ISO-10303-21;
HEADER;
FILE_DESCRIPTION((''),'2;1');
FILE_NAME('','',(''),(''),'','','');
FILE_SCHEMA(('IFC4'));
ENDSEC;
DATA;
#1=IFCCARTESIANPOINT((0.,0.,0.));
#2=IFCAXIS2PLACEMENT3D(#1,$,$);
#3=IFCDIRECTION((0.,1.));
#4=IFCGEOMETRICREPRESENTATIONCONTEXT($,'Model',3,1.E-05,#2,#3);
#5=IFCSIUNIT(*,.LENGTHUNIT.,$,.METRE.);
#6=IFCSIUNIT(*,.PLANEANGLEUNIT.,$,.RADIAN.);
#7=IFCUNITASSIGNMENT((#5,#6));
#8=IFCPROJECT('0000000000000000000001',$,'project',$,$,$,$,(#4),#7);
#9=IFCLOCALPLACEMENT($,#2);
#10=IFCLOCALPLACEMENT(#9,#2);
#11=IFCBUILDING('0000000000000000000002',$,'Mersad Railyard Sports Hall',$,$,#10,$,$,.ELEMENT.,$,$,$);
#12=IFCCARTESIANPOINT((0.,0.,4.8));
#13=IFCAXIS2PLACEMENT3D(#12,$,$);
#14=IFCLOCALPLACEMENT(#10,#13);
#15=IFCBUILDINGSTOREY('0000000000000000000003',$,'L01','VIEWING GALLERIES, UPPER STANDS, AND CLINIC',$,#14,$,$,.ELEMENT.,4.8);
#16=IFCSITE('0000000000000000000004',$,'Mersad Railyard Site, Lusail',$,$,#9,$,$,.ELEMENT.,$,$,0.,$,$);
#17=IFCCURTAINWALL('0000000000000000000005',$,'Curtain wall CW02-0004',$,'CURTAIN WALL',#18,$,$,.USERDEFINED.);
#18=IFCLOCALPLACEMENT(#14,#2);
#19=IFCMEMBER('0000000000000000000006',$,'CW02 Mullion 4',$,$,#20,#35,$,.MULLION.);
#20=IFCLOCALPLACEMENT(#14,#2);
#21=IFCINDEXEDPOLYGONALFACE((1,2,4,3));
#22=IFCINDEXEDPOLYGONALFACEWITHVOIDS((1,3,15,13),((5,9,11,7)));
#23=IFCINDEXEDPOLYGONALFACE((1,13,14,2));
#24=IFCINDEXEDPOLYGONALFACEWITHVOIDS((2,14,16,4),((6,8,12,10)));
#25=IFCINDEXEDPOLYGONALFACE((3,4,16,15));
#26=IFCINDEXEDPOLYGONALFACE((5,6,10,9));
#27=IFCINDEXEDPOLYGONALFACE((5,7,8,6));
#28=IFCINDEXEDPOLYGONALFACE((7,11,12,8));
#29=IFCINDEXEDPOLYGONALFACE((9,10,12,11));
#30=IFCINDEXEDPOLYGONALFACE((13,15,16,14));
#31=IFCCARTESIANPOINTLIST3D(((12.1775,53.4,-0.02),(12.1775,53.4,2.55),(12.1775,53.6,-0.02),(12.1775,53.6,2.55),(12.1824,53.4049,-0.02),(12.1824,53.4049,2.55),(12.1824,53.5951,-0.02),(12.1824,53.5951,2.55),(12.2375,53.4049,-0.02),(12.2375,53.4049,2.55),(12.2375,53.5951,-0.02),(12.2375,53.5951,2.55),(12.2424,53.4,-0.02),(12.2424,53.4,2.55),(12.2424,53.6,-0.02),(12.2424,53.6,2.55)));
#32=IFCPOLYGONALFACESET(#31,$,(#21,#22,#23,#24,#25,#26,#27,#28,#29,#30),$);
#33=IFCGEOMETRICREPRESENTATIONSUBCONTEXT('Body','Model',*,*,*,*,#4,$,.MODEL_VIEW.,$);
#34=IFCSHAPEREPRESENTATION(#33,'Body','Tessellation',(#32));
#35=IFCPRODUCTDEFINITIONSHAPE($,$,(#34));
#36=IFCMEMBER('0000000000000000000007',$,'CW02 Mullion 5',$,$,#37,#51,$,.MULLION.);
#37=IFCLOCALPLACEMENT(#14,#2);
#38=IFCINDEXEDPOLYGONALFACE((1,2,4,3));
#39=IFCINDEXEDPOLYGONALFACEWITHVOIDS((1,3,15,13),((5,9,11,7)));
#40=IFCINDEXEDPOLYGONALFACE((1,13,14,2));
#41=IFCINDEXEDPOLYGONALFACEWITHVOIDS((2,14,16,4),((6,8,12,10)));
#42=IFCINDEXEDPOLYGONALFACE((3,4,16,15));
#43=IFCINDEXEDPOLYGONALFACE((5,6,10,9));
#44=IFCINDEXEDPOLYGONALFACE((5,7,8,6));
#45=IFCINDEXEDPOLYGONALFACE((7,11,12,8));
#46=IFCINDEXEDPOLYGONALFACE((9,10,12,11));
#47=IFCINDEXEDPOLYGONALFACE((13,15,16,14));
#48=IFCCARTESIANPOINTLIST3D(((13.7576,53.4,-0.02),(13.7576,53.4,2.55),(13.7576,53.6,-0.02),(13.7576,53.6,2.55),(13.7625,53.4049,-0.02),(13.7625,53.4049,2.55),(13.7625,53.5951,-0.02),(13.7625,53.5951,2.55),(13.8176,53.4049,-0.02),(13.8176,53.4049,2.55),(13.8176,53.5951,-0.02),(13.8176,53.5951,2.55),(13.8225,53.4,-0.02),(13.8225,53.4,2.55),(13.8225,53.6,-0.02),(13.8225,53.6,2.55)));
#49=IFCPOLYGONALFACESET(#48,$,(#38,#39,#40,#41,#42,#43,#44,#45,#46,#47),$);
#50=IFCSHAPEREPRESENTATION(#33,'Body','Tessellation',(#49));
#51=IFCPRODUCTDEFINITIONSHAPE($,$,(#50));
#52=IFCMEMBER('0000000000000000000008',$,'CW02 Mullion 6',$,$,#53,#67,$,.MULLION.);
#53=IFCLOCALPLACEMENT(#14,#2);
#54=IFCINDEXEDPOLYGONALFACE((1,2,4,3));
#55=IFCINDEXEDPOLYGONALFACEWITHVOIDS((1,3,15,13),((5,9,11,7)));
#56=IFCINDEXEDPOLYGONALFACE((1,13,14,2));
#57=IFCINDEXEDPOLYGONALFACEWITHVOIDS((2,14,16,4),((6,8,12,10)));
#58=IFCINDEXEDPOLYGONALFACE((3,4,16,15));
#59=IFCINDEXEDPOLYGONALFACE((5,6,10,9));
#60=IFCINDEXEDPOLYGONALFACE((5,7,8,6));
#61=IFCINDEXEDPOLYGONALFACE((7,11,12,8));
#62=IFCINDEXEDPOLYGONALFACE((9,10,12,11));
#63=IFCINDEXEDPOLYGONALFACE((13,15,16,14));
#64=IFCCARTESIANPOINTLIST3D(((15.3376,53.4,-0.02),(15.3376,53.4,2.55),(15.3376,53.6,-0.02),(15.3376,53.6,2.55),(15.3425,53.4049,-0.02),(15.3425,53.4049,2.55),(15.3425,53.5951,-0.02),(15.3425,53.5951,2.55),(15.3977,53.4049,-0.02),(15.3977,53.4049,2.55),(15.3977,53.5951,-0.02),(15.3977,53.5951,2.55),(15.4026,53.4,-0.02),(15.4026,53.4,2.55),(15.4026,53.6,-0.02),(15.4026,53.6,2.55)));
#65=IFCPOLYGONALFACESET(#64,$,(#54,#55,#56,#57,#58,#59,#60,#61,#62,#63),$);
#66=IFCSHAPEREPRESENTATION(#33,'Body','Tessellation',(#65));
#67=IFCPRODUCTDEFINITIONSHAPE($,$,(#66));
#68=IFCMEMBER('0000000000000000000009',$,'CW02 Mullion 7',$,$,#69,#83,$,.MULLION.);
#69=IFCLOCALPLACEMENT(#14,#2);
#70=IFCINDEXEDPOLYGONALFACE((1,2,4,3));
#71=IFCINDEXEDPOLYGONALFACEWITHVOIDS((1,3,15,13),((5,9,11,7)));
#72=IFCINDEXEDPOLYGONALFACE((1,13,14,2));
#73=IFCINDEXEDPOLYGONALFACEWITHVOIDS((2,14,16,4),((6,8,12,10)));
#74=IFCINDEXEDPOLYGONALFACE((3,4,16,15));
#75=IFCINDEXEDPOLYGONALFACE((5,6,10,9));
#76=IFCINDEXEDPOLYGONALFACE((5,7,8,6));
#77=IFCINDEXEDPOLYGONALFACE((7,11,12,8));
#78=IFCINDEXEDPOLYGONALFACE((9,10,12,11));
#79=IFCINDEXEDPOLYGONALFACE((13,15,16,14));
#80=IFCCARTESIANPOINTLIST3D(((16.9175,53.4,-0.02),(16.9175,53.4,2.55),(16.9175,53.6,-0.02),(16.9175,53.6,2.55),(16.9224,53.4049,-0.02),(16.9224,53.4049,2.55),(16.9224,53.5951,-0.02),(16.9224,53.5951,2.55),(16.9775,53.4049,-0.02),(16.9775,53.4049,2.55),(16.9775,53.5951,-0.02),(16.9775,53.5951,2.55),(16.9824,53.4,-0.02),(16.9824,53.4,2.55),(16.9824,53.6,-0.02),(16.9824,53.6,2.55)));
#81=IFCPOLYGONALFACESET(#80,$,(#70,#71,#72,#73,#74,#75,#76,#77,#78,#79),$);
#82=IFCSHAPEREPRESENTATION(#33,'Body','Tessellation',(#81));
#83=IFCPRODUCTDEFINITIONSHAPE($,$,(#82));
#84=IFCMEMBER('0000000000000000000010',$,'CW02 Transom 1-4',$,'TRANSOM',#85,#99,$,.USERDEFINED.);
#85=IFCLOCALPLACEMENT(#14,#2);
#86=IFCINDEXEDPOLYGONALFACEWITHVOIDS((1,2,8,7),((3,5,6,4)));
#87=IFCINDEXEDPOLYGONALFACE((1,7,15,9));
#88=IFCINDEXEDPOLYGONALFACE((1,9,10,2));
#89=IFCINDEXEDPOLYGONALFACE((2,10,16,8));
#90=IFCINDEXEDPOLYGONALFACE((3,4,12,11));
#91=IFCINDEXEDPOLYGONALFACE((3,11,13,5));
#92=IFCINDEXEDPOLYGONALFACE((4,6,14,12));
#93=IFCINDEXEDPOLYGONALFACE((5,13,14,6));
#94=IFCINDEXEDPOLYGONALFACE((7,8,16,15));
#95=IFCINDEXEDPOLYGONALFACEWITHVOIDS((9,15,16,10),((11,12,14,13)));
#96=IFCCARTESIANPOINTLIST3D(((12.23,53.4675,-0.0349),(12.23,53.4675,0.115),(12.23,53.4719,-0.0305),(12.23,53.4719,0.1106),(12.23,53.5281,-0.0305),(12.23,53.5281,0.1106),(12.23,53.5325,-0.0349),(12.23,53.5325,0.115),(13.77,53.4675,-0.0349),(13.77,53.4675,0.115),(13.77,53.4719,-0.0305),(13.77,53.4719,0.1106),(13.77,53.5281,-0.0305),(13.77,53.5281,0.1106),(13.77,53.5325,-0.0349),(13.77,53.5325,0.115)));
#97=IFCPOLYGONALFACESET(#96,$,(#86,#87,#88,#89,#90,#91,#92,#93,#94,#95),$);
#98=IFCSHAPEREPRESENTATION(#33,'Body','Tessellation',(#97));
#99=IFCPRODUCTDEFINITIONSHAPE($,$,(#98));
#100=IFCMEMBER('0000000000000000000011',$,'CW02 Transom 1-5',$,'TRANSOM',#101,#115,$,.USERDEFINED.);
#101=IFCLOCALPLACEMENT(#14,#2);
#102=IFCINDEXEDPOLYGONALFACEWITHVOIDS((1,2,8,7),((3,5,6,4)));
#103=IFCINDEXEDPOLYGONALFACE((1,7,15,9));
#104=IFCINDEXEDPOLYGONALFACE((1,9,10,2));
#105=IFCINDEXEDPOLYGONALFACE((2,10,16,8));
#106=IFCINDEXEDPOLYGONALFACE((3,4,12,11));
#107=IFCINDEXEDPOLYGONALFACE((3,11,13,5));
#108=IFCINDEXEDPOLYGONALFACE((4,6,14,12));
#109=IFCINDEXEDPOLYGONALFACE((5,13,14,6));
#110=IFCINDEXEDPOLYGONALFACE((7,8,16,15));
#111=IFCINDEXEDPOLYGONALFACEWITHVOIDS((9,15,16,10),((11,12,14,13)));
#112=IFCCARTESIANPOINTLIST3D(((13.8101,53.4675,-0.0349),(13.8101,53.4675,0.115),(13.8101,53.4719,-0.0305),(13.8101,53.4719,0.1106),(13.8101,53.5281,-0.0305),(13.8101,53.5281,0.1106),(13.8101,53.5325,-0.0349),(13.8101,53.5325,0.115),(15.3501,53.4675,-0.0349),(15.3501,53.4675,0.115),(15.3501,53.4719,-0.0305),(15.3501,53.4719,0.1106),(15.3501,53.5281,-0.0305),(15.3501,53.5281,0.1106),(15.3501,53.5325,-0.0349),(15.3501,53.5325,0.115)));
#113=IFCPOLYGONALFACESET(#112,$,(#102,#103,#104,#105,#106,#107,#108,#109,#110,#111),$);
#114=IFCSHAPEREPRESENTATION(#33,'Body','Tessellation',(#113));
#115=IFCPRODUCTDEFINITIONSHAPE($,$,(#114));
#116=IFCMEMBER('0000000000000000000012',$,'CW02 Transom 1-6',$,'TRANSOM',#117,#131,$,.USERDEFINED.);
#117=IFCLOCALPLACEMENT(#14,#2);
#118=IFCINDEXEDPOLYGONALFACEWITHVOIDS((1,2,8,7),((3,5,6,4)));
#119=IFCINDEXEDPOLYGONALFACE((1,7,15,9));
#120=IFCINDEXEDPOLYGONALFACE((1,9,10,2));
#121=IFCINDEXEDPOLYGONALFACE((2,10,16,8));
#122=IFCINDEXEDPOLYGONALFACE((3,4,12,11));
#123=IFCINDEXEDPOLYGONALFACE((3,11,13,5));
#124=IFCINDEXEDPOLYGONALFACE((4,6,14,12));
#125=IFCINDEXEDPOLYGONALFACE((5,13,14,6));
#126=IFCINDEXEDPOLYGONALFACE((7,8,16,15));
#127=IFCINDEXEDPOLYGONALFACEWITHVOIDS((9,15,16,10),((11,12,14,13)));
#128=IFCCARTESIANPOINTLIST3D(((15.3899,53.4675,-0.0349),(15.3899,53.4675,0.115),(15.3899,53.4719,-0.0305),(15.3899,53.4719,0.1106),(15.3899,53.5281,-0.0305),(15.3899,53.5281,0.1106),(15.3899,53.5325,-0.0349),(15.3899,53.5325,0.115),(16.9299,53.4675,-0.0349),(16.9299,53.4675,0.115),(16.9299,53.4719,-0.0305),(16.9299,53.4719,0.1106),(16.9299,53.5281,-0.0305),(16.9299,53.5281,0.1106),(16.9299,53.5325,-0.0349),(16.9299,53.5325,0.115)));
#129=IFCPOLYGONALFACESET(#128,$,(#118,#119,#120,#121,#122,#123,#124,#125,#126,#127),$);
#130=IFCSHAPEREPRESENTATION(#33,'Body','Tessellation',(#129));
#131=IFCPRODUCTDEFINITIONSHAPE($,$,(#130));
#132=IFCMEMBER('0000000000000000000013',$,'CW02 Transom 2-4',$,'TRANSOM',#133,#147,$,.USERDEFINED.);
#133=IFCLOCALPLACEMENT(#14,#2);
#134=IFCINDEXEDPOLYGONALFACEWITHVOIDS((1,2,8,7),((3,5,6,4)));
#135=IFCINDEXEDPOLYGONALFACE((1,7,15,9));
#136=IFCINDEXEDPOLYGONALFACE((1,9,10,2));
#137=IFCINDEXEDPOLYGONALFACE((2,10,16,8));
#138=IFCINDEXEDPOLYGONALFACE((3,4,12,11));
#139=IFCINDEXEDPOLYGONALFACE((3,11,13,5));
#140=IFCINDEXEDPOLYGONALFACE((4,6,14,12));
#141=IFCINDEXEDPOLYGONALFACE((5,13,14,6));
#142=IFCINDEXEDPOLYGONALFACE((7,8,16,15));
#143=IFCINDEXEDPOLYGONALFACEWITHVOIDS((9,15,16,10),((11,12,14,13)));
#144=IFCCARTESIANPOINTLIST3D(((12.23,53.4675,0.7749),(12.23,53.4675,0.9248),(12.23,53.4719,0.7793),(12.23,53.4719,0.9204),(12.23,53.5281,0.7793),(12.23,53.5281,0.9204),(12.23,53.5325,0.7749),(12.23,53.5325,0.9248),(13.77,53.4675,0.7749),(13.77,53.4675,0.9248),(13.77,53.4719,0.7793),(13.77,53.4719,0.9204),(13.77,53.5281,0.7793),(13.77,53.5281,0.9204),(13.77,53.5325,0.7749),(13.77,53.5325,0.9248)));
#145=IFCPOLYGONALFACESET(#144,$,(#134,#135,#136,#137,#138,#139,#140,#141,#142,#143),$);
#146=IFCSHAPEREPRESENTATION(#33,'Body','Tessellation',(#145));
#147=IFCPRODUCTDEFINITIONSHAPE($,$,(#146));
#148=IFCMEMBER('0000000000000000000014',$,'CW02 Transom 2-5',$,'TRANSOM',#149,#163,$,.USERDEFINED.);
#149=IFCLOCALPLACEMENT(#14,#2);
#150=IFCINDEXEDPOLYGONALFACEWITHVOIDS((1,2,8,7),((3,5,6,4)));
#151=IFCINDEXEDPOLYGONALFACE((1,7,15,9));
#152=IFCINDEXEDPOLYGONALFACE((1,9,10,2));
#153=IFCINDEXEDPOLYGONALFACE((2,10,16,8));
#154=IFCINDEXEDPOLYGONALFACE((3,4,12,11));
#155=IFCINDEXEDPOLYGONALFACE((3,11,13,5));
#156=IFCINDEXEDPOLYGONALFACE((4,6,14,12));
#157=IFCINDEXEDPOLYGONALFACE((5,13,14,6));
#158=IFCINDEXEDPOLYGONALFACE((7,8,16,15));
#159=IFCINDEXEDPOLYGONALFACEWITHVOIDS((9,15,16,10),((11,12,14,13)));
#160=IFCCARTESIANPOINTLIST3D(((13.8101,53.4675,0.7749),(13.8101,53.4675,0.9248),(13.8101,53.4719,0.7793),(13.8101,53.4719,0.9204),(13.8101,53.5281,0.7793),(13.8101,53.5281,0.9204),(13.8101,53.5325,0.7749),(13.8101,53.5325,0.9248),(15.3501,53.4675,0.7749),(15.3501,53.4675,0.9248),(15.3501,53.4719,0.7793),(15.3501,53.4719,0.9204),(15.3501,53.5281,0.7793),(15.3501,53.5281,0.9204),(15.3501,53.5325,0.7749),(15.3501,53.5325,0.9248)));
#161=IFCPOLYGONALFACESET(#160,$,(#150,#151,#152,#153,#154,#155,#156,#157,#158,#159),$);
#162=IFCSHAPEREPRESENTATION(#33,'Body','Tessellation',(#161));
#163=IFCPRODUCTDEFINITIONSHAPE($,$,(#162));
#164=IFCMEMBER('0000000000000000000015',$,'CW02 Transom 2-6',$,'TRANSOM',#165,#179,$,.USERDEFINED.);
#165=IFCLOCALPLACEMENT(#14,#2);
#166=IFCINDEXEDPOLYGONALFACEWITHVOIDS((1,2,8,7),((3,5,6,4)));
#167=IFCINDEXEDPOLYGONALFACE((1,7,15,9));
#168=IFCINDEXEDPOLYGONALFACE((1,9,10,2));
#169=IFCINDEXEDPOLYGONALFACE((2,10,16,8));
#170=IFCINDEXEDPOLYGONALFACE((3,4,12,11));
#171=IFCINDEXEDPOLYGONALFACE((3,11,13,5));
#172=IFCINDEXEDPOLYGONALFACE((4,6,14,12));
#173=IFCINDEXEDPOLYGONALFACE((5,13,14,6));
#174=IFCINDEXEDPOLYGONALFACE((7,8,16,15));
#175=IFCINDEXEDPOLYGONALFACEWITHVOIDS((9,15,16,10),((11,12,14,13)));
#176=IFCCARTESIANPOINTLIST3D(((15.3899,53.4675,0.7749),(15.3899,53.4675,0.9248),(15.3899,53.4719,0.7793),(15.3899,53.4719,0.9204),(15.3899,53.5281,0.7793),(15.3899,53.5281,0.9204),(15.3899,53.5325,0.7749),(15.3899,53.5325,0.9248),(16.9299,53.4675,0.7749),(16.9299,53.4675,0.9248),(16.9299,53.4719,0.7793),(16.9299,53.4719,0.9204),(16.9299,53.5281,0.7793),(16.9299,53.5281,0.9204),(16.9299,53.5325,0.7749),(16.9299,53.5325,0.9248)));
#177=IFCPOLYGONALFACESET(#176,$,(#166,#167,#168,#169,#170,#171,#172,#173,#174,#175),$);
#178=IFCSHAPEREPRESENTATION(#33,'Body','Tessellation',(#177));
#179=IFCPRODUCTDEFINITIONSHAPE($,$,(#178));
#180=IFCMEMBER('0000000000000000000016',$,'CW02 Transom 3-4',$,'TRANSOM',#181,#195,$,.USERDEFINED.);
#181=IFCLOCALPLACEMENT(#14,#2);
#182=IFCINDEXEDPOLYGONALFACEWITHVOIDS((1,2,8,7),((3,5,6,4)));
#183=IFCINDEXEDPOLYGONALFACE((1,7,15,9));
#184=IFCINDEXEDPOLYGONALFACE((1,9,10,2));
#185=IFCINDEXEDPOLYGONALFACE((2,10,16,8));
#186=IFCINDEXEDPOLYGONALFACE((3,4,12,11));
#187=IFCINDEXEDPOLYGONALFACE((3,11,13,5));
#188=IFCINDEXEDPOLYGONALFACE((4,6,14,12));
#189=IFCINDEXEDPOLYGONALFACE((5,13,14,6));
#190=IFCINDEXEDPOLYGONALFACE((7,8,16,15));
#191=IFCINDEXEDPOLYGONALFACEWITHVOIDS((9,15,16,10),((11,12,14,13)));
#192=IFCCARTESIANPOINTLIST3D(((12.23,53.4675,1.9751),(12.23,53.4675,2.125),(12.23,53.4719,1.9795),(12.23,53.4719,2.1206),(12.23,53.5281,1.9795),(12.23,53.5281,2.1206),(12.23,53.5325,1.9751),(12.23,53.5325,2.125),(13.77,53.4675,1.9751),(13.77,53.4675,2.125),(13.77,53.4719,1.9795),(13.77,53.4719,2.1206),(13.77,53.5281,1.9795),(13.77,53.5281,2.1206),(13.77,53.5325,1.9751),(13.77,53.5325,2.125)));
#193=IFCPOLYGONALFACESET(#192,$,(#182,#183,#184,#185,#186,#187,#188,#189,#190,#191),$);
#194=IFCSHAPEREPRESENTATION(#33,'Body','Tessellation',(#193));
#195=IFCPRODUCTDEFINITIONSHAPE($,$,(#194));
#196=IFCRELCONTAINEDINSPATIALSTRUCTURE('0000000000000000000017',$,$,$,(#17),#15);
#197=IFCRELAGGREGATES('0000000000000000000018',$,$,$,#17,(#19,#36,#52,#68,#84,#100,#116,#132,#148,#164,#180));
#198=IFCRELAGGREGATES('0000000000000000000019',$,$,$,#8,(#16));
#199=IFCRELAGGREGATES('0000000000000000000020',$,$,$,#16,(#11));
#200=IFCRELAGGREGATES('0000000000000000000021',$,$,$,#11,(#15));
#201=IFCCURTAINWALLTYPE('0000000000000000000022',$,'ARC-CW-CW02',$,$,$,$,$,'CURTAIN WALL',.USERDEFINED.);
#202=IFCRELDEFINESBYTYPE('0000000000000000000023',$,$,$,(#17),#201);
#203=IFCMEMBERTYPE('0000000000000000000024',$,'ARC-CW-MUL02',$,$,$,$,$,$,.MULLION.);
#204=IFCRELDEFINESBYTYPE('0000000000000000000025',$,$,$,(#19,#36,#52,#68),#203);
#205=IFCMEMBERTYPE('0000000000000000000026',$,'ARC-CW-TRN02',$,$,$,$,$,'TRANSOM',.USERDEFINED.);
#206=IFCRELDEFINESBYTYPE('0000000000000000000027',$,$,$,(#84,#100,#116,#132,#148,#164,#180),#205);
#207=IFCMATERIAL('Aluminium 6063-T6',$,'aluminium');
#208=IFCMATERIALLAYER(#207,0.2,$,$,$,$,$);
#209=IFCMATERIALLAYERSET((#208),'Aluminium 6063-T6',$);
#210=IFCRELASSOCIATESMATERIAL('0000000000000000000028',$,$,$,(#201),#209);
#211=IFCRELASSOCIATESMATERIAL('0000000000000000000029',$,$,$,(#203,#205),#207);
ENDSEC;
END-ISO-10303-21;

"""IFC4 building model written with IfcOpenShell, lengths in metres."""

from ifc_helpers import new_model, si_unit, direction, frame, origin, origin_2d, place, context, subcontext, project, spatial, hollow_rectangle, extrude, material, layer, layer_set, material_profile, profile_set, type_object, element, aggregate, save


model = new_model("IFC4")

# Units and contexts
model_context = context("Model", 3, precision=1e-05, world=origin(), true_north=direction((0.0, 1.0)))
body_context = subcontext(model_context, "Body", "Model", "MODEL_VIEW")
ifc_project = project(units=[si_unit("LENGTHUNIT", "METRE"), si_unit("PLANEANGLEUNIT", "RADIAN")], contexts=[model_context])

# Site, building, storey
site_placement = place(None, origin())
site = spatial("IfcSite", under=ifc_project, at=site_placement, Name="Mersad Railyard Site, Lusail", CompositionType="ELEMENT", RefElevation=0.0)
building_placement = place(site_placement, origin())
building = spatial("IfcBuilding", under=site, at=building_placement, Name="Mersad Railyard Sports Hall", CompositionType="ELEMENT")
storey_placement = place(building_placement, frame((0.0, 0.0, 4.8)))
storey = spatial("IfcBuildingStorey", under=building, at=storey_placement, Name="L01", Description="VIEWING GALLERIES, UPPER STANDS, AND CLINIC", CompositionType="ELEMENT", Elevation=4.8)

# Curtain wall, members
ifc_material_1 = material(Name="Aluminium 6063-T6", Category="aluminium")
ifc_layer_1 = layer(ifc_material_1, 0.2)
ifc_layer_set_1 = layer_set([ifc_layer_1], Name="Aluminium 6063-T6")
curtain_wall_type = type_object("IfcCurtainWallType", Name="ARC-CW-CW02", ElementType="CURTAIN WALL", PredefinedType="USERDEFINED", material=ifc_layer_set_1)
curtain_wall_placement = place(storey_placement, origin())
curtain_wall = element("IfcCurtainWall", 1, at=curtain_wall_placement, inside=storey, type_object=curtain_wall_type, Name="Curtain wall CW02-0004", ObjectType="CURTAIN WALL", PredefinedType="USERDEFINED")
ifc_material_profile_1 = material_profile(ifc_material_1, hollow_rectangle(XDim=0.0649, YDim=0.2, WallThickness=0.0049, at=origin_2d()), Name="AL MULLION 65x200x5")
ifc_profile_set_1 = profile_set([ifc_material_profile_1], Name="Aluminium 6063-T6")
member_type_1 = type_object("IfcMemberType", Name="ARC-CW-MUL02", PredefinedType="MULLION", material=ifc_profile_set_1)
member_1_placement = place(storey_placement, frame((12.21, 53.5, -0.02), z_axis=(0.0, 0.0, 1.0), x_axis=(1.0, 0.0, 0.0)))
member_1 = element("IfcMember", 2, at=member_1_placement, type_object=member_type_1, Name="CW02 Mullion 4", PredefinedType="MULLION", context=body_context, shape_type="SweptSolid", body=[
    extrude(hollow_rectangle(XDim=0.0649, YDim=0.2, WallThickness=0.0049, at=origin_2d()), origin(), (0.0, 0.0, 1.0), 2.5701),
])
member_2_placement = place(storey_placement, frame((13.79, 53.5, -0.02), z_axis=(0.0, 0.0, 1.0), x_axis=(1.0, 0.0, 0.0)))
member_2 = element("IfcMember", 3, at=member_2_placement, type_object=member_type_1, Name="CW02 Mullion 5", PredefinedType="MULLION", context=body_context, shape_type="SweptSolid", body=[
    extrude(hollow_rectangle(XDim=0.0649, YDim=0.2, WallThickness=0.0049, at=origin_2d()), origin(), (0.0, 0.0, 1.0), 2.5701),
])
member_3_placement = place(storey_placement, frame((15.3701, 53.5, -0.02), z_axis=(0.0, 0.0, 1.0), x_axis=(1.0, 0.0, 0.0)))
member_3 = element("IfcMember", 4, at=member_3_placement, type_object=member_type_1, Name="CW02 Mullion 6", PredefinedType="MULLION", context=body_context, shape_type="SweptSolid", body=[
    extrude(hollow_rectangle(XDim=0.0649, YDim=0.2, WallThickness=0.0049, at=origin_2d()), origin(), (0.0, 0.0, 1.0), 2.5701),
])
member_4_placement = place(storey_placement, frame((16.95, 53.5, -0.02), z_axis=(0.0, 0.0, 1.0), x_axis=(1.0, 0.0, 0.0)))
member_4 = element("IfcMember", 5, at=member_4_placement, type_object=member_type_1, Name="CW02 Mullion 7", PredefinedType="MULLION", context=body_context, shape_type="SweptSolid", body=[
    extrude(hollow_rectangle(XDim=0.0649, YDim=0.2, WallThickness=0.0049, at=origin_2d()), origin(), (0.0, 0.0, 1.0), 2.5701),
])
ifc_material_profile_2 = material_profile(ifc_material_1, hollow_rectangle(XDim=0.0649, YDim=0.1499, WallThickness=0.0044, at=origin_2d()), Name="AL TRANSOM 65x150x4.5")
ifc_profile_set_2 = profile_set([ifc_material_profile_2], Name="Aluminium 6063-T6")
member_type_2 = type_object("IfcMemberType", Name="ARC-CW-TRN02", ElementType="TRANSOM", PredefinedType="USERDEFINED", material=ifc_profile_set_2)
member_5_placement = place(storey_placement, frame((12.23, 53.5, 0.04), z_axis=(1.0, 0.0, 0.0), x_axis=(0.0, 1.0, 0.0)))
member_5 = element("IfcMember", 6, at=member_5_placement, type_object=member_type_2, Name="CW02 Transom 1-4", ObjectType="TRANSOM", PredefinedType="USERDEFINED", context=body_context, shape_type="SweptSolid", body=[
    extrude(hollow_rectangle(XDim=0.0649, YDim=0.1499, WallThickness=0.0044, at=origin_2d()), origin(), (0.0, 0.0, 1.0), 1.54),
])
member_6_placement = place(storey_placement, frame((13.8101, 53.5, 0.04), z_axis=(1.0, 0.0, 0.0), x_axis=(0.0, 1.0, 0.0)))
member_6 = element("IfcMember", 7, at=member_6_placement, type_object=member_type_2, Name="CW02 Transom 1-5", ObjectType="TRANSOM", PredefinedType="USERDEFINED", context=body_context, shape_type="SweptSolid", body=[
    extrude(hollow_rectangle(XDim=0.0649, YDim=0.1499, WallThickness=0.0044, at=origin_2d()), origin(), (0.0, 0.0, 1.0), 1.54),
])
member_7_placement = place(storey_placement, frame((15.3899, 53.5, 0.04), z_axis=(1.0, 0.0, 0.0), x_axis=(0.0, 1.0, 0.0)))
member_7 = element("IfcMember", 8, at=member_7_placement, type_object=member_type_2, Name="CW02 Transom 1-6", ObjectType="TRANSOM", PredefinedType="USERDEFINED", context=body_context, shape_type="SweptSolid", body=[
    extrude(hollow_rectangle(XDim=0.0649, YDim=0.1499, WallThickness=0.0044, at=origin_2d()), origin(), (0.0, 0.0, 1.0), 1.54),
])
member_8_placement = place(storey_placement, frame((12.23, 53.5, 0.8499), z_axis=(1.0, 0.0, 0.0), x_axis=(0.0, 1.0, 0.0)))
member_8 = element("IfcMember", 9, at=member_8_placement, type_object=member_type_2, Name="CW02 Transom 2-4", ObjectType="TRANSOM", PredefinedType="USERDEFINED", context=body_context, shape_type="SweptSolid", body=[
    extrude(hollow_rectangle(XDim=0.0649, YDim=0.1499, WallThickness=0.0044, at=origin_2d()), origin(), (0.0, 0.0, 1.0), 1.54),
])
member_9_placement = place(storey_placement, frame((13.8101, 53.5, 0.8499), z_axis=(1.0, 0.0, 0.0), x_axis=(0.0, 1.0, 0.0)))
member_9 = element("IfcMember", 10, at=member_9_placement, type_object=member_type_2, Name="CW02 Transom 2-5", ObjectType="TRANSOM", PredefinedType="USERDEFINED", context=body_context, shape_type="SweptSolid", body=[
    extrude(hollow_rectangle(XDim=0.0649, YDim=0.1499, WallThickness=0.0044, at=origin_2d()), origin(), (0.0, 0.0, 1.0), 1.54),
])
member_10_placement = place(storey_placement, frame((15.3899, 53.5, 0.8499), z_axis=(1.0, 0.0, 0.0), x_axis=(0.0, 1.0, 0.0)))
member_10 = element("IfcMember", 11, at=member_10_placement, type_object=member_type_2, Name="CW02 Transom 2-6", ObjectType="TRANSOM", PredefinedType="USERDEFINED", context=body_context, shape_type="SweptSolid", body=[
    extrude(hollow_rectangle(XDim=0.0649, YDim=0.1499, WallThickness=0.0044, at=origin_2d()), origin(), (0.0, 0.0, 1.0), 1.54),
])
member_11_placement = place(storey_placement, frame((12.23, 53.5, 2.05), z_axis=(1.0, 0.0, 0.0), x_axis=(0.0, 1.0, 0.0)))
member_11 = element("IfcMember", 12, at=member_11_placement, type_object=member_type_2, Name="CW02 Transom 3-4", ObjectType="TRANSOM", PredefinedType="USERDEFINED", context=body_context, shape_type="SweptSolid", body=[
    extrude(hollow_rectangle(XDim=0.0649, YDim=0.1499, WallThickness=0.0044, at=origin_2d()), origin(), (0.0, 0.0, 1.0), 1.54),
])

aggregate(curtain_wall, [member_1, member_2, member_3, member_4, member_5, member_6, member_7, member_8, member_9, member_10, member_11])

save(model, "model.ifc")
